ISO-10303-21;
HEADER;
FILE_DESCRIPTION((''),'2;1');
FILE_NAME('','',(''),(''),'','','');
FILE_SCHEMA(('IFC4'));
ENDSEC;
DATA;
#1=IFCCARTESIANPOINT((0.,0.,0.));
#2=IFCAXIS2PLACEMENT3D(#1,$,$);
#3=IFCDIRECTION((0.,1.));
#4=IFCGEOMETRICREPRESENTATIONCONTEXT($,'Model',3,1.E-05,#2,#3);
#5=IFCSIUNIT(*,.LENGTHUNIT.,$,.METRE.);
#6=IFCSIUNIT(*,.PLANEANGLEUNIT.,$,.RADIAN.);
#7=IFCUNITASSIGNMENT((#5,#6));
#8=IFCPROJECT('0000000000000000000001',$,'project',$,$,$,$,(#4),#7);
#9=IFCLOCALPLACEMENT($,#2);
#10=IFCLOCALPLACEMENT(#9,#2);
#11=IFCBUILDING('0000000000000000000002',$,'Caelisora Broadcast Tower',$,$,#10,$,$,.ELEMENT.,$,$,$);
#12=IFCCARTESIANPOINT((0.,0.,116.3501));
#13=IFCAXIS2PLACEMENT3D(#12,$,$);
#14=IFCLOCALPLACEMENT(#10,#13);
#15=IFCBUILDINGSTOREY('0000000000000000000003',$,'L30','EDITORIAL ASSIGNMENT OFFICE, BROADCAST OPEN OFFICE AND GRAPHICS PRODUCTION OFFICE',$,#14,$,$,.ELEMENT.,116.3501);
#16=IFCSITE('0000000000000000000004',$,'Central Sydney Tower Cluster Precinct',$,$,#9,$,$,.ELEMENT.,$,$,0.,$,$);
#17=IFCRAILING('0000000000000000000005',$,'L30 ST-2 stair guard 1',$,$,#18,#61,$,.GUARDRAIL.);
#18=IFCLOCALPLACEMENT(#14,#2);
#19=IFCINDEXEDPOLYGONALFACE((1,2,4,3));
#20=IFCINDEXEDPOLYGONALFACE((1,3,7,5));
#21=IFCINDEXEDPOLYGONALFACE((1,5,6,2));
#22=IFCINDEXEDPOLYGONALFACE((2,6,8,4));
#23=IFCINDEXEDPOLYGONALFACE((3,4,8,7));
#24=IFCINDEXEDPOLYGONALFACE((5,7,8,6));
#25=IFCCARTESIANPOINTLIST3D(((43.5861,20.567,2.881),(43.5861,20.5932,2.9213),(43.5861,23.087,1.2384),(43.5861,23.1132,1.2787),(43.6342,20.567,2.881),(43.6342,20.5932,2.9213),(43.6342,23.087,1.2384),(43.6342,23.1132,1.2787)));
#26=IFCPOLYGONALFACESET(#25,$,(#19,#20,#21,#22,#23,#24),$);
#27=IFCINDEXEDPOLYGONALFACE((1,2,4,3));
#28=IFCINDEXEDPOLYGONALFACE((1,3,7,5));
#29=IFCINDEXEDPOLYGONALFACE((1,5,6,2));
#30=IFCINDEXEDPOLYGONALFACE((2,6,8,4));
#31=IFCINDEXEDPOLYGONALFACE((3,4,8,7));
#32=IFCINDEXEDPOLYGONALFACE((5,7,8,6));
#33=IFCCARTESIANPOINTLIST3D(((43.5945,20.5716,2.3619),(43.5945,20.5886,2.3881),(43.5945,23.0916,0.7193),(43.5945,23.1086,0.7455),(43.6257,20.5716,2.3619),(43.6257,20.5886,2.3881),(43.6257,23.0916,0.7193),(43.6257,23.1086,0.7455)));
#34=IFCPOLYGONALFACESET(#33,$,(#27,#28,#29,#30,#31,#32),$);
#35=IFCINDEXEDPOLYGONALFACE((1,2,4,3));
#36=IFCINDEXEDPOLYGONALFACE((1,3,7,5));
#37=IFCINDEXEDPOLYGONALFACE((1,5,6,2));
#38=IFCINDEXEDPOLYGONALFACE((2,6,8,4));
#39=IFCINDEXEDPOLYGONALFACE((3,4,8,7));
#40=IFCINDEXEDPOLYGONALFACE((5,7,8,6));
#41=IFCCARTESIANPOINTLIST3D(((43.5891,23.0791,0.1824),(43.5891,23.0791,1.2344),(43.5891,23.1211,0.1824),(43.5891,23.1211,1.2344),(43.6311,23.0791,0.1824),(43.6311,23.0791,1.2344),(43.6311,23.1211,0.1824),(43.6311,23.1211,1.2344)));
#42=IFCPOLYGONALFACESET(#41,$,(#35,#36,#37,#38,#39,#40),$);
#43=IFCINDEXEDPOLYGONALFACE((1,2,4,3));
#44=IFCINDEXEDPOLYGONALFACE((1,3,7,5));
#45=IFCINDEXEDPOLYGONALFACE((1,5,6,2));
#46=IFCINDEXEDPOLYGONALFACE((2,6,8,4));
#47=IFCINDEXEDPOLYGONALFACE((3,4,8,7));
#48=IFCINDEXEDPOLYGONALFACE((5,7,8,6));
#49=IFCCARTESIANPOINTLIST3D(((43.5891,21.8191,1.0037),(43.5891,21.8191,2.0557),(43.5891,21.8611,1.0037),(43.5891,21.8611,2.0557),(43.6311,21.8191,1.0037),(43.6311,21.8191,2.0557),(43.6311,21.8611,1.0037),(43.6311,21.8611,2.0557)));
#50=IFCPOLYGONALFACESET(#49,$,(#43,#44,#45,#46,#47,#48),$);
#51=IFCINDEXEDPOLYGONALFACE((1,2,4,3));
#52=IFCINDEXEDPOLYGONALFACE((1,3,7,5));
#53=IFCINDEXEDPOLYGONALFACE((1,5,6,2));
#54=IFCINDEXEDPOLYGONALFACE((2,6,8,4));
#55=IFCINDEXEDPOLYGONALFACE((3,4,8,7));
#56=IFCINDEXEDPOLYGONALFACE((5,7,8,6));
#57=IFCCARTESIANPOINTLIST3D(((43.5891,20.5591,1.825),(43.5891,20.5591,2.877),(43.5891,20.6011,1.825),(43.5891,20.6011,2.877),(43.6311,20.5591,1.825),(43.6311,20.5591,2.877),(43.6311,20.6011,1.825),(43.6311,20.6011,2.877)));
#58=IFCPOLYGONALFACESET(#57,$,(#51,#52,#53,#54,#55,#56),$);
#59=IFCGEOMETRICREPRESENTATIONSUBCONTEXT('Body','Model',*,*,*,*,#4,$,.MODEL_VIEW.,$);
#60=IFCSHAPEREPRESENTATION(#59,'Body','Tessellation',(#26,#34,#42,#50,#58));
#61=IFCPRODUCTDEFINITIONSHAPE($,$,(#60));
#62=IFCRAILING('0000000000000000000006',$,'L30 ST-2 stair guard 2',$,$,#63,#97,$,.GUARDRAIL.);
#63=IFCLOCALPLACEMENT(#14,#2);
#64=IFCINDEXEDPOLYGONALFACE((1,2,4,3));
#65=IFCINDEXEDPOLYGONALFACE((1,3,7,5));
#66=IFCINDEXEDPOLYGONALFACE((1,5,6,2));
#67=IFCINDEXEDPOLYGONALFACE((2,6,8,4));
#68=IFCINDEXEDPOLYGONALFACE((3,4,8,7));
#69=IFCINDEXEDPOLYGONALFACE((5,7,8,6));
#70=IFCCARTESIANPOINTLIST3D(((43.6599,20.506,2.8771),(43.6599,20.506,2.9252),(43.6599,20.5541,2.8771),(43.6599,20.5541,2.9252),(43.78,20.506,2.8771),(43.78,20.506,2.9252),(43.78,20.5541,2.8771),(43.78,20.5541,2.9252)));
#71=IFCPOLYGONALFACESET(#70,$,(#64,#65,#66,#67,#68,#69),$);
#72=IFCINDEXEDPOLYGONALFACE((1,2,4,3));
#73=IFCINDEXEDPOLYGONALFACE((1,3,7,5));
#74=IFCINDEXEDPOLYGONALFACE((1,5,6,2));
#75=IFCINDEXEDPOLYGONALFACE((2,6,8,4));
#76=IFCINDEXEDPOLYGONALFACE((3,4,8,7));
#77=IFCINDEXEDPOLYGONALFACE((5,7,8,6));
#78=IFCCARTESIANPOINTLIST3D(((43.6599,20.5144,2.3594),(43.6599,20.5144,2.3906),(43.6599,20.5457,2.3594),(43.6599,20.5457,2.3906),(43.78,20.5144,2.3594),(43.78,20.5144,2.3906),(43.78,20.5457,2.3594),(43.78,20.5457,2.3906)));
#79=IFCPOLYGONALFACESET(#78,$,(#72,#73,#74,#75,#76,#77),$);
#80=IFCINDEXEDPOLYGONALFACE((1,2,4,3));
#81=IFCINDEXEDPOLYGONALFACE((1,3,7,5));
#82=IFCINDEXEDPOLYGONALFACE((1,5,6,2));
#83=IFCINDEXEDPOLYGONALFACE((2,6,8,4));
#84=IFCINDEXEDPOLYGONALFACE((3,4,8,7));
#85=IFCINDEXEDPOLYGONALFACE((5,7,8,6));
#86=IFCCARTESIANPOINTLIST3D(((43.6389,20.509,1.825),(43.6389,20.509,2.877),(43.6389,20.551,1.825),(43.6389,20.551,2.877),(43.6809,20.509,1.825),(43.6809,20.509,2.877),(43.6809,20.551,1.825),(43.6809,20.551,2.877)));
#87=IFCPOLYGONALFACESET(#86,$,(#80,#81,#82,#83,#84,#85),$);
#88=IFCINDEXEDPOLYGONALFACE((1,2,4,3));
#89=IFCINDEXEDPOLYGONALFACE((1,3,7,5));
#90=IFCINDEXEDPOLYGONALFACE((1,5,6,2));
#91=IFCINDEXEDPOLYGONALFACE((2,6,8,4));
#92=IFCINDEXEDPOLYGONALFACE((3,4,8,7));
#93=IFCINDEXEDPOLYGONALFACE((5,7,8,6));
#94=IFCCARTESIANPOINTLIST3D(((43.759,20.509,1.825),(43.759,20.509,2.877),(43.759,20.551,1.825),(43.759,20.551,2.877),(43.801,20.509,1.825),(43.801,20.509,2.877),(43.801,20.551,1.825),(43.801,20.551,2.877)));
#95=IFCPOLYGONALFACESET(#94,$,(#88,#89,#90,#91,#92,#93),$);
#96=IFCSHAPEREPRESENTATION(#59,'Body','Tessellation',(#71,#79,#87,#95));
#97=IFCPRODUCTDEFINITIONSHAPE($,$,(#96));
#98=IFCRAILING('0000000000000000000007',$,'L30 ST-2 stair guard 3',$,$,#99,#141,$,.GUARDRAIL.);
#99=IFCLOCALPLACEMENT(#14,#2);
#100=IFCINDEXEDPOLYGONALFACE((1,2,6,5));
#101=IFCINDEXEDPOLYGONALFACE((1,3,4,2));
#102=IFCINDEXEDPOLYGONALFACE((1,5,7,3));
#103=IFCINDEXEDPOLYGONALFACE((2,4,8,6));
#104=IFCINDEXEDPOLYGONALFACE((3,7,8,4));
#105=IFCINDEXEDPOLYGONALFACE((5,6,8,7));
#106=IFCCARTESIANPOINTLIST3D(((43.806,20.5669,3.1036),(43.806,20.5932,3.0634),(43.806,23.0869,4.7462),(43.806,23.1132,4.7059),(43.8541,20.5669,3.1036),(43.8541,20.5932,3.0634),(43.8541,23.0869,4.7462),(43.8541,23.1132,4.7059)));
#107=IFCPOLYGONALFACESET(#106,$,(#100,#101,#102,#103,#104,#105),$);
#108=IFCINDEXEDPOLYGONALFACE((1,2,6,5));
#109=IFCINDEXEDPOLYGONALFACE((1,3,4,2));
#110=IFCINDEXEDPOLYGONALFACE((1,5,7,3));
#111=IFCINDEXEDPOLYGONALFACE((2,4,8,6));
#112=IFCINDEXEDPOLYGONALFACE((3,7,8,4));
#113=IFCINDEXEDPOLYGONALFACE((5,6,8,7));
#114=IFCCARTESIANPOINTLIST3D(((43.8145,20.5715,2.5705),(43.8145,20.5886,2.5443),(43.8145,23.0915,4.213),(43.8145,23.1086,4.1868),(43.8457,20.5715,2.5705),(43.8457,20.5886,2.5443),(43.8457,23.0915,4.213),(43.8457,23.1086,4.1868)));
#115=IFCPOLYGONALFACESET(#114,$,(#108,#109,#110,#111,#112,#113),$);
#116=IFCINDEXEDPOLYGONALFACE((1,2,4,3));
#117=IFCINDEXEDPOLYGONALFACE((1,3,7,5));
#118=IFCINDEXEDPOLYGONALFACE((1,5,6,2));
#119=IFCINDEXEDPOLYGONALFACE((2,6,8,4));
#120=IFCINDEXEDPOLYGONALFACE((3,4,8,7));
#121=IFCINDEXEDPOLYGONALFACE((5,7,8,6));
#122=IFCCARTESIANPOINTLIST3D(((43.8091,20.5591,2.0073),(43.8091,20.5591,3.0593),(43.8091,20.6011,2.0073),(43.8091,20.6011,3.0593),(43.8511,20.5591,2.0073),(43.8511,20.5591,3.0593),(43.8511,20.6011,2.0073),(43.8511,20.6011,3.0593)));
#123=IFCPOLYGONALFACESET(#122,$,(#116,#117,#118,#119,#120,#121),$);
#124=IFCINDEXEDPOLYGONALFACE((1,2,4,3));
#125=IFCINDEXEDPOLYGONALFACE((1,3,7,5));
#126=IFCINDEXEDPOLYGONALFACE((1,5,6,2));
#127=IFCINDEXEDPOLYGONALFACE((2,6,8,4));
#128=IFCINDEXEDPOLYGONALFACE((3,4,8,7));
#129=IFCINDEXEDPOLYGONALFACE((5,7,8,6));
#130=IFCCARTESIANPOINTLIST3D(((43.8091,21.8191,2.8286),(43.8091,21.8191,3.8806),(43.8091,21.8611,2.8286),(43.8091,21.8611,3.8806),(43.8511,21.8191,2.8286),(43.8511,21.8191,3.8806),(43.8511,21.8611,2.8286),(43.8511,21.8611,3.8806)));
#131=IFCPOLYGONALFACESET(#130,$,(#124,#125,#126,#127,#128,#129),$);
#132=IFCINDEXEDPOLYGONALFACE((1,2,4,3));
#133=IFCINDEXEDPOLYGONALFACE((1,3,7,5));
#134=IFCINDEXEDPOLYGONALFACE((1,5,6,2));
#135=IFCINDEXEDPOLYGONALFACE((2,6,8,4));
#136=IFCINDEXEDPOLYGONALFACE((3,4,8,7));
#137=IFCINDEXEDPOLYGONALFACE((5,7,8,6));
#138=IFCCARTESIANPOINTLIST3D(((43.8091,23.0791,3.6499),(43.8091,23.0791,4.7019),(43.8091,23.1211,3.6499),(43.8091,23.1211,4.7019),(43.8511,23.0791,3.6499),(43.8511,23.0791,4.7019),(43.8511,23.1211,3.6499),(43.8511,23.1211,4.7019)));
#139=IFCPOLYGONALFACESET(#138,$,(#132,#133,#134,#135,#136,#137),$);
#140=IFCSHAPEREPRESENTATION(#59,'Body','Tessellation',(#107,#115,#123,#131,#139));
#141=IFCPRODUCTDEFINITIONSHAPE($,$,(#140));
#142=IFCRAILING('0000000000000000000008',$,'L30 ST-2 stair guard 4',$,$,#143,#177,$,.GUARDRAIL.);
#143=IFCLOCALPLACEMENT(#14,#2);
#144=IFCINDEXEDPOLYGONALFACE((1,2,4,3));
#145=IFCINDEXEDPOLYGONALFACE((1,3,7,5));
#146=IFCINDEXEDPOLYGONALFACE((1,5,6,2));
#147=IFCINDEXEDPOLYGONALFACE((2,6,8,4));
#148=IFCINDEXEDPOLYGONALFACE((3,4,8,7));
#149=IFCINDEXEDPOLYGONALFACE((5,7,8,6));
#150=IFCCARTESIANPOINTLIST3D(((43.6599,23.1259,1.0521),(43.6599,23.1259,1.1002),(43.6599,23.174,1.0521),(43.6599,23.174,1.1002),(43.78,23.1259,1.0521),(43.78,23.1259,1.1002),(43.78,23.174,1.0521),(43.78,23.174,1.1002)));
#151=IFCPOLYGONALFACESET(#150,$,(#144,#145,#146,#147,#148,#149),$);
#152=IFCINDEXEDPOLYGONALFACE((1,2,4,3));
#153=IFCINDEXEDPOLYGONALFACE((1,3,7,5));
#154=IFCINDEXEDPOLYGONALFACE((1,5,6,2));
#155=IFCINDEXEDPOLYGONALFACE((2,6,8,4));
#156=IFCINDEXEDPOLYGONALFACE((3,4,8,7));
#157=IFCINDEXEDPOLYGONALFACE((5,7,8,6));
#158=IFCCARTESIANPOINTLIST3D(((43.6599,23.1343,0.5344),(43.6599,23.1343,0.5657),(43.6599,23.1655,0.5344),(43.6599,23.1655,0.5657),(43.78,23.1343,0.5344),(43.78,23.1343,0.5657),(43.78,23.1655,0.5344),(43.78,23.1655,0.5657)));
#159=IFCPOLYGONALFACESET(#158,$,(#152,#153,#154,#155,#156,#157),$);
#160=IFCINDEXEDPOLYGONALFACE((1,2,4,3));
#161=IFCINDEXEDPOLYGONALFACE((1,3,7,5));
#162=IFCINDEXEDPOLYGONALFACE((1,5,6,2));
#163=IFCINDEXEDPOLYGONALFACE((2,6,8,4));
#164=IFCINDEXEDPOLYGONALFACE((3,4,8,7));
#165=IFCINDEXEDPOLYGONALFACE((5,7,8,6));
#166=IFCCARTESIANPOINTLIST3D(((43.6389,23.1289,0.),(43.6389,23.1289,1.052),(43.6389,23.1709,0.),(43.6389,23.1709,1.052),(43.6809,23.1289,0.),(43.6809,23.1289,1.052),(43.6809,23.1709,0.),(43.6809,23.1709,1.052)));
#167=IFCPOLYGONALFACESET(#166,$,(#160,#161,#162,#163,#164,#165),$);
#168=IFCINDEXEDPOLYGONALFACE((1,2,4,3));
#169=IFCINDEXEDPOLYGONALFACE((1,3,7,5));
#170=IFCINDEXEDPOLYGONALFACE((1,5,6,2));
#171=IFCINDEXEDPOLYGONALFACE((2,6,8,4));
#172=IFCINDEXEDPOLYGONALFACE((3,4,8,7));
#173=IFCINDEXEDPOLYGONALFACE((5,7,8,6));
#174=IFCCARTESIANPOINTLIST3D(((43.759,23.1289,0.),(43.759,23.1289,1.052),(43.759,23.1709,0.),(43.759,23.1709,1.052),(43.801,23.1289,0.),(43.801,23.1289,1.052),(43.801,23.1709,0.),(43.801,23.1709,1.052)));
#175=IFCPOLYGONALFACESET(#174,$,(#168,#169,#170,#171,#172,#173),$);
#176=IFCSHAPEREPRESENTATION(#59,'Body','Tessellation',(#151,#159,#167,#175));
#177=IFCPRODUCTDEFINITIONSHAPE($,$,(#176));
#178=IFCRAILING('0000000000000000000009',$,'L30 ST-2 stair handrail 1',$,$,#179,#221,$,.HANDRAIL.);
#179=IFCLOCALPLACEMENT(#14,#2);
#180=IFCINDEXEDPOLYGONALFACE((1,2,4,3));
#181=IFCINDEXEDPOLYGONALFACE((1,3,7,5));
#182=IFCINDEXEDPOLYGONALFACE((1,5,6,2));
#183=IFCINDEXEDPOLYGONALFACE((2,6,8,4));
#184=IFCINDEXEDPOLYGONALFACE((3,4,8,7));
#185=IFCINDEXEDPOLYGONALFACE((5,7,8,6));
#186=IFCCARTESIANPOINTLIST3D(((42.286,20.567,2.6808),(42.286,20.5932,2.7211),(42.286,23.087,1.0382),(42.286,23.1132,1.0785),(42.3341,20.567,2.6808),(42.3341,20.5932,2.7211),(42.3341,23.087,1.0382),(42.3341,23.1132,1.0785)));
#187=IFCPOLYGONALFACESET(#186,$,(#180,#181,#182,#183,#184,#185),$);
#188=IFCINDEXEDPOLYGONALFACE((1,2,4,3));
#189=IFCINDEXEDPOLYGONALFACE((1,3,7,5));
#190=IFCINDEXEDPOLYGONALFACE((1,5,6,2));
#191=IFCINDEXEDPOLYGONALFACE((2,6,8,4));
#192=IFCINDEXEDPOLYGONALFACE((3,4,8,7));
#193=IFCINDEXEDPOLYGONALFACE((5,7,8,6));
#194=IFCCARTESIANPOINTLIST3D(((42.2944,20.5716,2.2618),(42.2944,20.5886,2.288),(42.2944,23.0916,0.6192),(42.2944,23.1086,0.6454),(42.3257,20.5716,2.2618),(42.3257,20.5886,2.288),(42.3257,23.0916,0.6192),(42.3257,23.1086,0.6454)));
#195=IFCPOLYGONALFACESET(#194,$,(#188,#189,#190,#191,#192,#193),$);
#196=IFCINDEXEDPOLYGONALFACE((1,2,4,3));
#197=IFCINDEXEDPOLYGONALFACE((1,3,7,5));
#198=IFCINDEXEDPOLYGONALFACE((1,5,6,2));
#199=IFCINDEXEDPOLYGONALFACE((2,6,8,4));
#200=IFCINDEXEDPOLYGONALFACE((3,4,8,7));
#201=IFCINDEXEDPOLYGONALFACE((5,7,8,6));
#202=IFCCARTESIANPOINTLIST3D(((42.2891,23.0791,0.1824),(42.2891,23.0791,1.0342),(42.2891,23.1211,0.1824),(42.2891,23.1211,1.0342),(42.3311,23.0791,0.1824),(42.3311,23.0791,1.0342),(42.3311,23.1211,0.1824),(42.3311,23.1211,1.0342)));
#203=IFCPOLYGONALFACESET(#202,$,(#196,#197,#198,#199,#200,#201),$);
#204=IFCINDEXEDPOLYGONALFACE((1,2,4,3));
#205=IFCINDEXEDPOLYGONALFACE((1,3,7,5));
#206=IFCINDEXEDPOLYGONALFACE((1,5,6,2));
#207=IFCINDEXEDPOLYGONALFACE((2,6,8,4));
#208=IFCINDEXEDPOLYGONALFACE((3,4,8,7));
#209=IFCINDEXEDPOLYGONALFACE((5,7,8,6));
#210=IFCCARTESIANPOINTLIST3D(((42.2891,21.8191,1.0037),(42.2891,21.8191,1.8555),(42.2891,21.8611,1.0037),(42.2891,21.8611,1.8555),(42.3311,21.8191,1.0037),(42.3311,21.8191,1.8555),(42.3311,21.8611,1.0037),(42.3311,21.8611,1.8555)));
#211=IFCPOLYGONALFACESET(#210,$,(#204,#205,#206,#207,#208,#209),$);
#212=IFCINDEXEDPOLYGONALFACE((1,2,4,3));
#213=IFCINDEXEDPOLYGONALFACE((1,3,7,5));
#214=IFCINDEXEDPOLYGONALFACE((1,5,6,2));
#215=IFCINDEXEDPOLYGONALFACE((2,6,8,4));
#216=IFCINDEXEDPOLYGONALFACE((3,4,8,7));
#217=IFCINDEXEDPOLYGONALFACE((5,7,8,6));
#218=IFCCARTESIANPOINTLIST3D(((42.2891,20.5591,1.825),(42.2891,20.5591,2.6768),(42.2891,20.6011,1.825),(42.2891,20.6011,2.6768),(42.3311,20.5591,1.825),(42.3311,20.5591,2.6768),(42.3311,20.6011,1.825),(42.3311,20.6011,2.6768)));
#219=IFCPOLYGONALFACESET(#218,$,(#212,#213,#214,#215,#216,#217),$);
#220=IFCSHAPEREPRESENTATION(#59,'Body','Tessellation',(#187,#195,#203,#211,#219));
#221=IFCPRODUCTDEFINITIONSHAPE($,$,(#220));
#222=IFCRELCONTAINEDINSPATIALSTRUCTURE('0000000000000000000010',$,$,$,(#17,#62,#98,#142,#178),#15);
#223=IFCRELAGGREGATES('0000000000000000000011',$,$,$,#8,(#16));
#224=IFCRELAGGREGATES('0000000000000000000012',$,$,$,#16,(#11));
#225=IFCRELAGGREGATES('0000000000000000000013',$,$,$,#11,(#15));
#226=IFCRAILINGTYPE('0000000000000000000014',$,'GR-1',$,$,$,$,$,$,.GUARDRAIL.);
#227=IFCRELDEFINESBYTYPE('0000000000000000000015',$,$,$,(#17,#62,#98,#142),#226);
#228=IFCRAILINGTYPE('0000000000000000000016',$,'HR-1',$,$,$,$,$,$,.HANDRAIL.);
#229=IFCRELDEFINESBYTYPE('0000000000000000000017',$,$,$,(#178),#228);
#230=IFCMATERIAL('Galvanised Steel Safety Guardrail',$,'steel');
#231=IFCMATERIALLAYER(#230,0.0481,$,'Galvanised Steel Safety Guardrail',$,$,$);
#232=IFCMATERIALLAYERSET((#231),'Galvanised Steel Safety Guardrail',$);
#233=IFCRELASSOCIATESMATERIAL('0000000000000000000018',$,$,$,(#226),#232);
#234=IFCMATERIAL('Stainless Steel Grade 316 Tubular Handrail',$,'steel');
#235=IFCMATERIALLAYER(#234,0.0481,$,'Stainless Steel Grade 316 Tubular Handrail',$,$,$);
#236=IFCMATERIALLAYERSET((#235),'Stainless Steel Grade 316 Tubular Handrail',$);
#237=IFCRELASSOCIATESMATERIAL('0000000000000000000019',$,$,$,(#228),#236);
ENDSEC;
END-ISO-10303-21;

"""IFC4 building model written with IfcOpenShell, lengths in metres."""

from ifc_helpers import new_model, si_unit, direction, frame, origin, origin_2d, place, context, subcontext, project, spatial, rectangle, extrude, material, layer, layer_set, type_object, element, save


model = new_model("IFC4")

# Units and contexts
model_context = context("Model", 3, precision=1e-05, world=origin(), true_north=direction((0.0, 1.0)))
body_context = subcontext(model_context, "Body", "Model", "MODEL_VIEW")
ifc_project = project(units=[si_unit("LENGTHUNIT", "METRE"), si_unit("PLANEANGLEUNIT", "RADIAN")], contexts=[model_context])

# Site, building, storey
site_placement = place(None, origin())
site = spatial("IfcSite", under=ifc_project, at=site_placement, Name="Central Sydney Tower Cluster Precinct", CompositionType="ELEMENT", RefElevation=0.0)
building_placement = place(site_placement, origin())
building = spatial("IfcBuilding", under=site, at=building_placement, Name="Caelisora Broadcast Tower", CompositionType="ELEMENT")
storey_placement = place(building_placement, frame((0.0, 0.0, 116.3501)))
storey = spatial("IfcBuildingStorey", under=building, at=storey_placement, Name="L30", Description="EDITORIAL ASSIGNMENT OFFICE, BROADCAST OPEN OFFICE AND GRAPHICS PRODUCTION OFFICE", CompositionType="ELEMENT", Elevation=116.3501)

# Railings
ifc_material_1 = material(Name="Galvanised Steel Safety Guardrail", Category="steel")
ifc_layer_1 = layer(ifc_material_1, 0.0481, Name="Galvanised Steel Safety Guardrail")
ifc_layer_set_1 = layer_set([ifc_layer_1], Name="Galvanised Steel Safety Guardrail")
railing_type_1 = type_object("IfcRailingType", Name="GR-1", PredefinedType="GUARDRAIL", material=ifc_layer_set_1)
railing_1_placement = place(storey_placement, frame((43.6101, 23.1001, 0.1824)))
element("IfcRailing", 1, at=railing_1_placement, inside=storey, type_object=railing_type_1, Name="L30 ST-2 stair guard 1", PredefinedType="GUARDRAIL", context=body_context, shape_type="SweptSolid", body=[
    extrude(rectangle(XDim=0.0481, YDim=0.0481, at=origin_2d()), frame((0.0, 0.0, 1.0762), z_axis=(0.0, -0.837749, 0.546055), x_axis=(1.0, 0.0, 0.0)), (0.0, 0.0, 1.0), 3.0081),
    extrude(rectangle(XDim=0.0312, YDim=0.0312, at=origin_2d()), frame((0.0, 0.0, 0.55), z_axis=(0.0, -0.837749, 0.546055), x_axis=(1.0, 0.0, 0.0)), (0.0, 0.0, 1.0), 3.0081),
    extrude(rectangle(XDim=0.042, YDim=0.042, at=origin_2d()), origin(), (0.0, 0.0, 1.0), 1.052),
    extrude(rectangle(XDim=0.042, YDim=0.042, at=origin_2d()), frame((0.0, -1.26, 0.8213)), (0.0, 0.0, 1.0), 1.052),
    extrude(rectangle(XDim=0.042, YDim=0.042, at=origin_2d()), frame((0.0, -2.52, 1.6426)), (0.0, 0.0, 1.0), 1.052),
])
railing_2_placement = place(storey_placement, frame((43.6599, 20.53, 1.825)))
element("IfcRailing", 2, at=railing_2_placement, inside=storey, type_object=railing_type_1, Name="L30 ST-2 stair guard 2", PredefinedType="GUARDRAIL", context=body_context, shape_type="SweptSolid", body=[
    extrude(rectangle(XDim=0.0481, YDim=0.0481, at=origin_2d()), frame((0.0, 0.0, 1.0762), z_axis=(1.0, 0.0, 0.0), x_axis=(0.0, 1.0, 0.0)), (0.0, 0.0, 1.0), 0.1201),
    extrude(rectangle(XDim=0.0312, YDim=0.0312, at=origin_2d()), frame((0.0, 0.0, 0.55), z_axis=(1.0, 0.0, 0.0), x_axis=(0.0, 1.0, 0.0)), (0.0, 0.0, 1.0), 0.1201),
    extrude(rectangle(XDim=0.042, YDim=0.042, at=origin_2d()), origin(), (0.0, 0.0, 1.0), 1.052),
    extrude(rectangle(XDim=0.042, YDim=0.042, at=origin_2d()), frame((0.1201, 0.0, 0.0)), (0.0, 0.0, 1.0), 1.052),
])
railing_3_placement = place(storey_placement, frame((43.8301, 20.5801, 2.0073)))
element("IfcRailing", 3, at=railing_3_placement, inside=storey, type_object=railing_type_1, Name="L30 ST-2 stair guard 3", PredefinedType="GUARDRAIL", context=body_context, shape_type="SweptSolid", body=[
    extrude(rectangle(XDim=0.0481, YDim=0.0481, at=origin_2d()), frame((0.0, 0.0, 1.0762), z_axis=(0.0, 0.837749, 0.546055), x_axis=(-1.0, 0.0, 0.0)), (0.0, 0.0, 1.0), 3.0081),
    extrude(rectangle(XDim=0.0312, YDim=0.0312, at=origin_2d()), frame((0.0, 0.0, 0.55), z_axis=(0.0, 0.837749, 0.546055), x_axis=(-1.0, 0.0, 0.0)), (0.0, 0.0, 1.0), 3.0081),
    extrude(rectangle(XDim=0.042, YDim=0.042, at=origin_2d()), origin(), (0.0, 0.0, 1.0), 1.052),
    extrude(rectangle(XDim=0.042, YDim=0.042, at=origin_2d()), frame((0.0, 1.26, 0.8213)), (0.0, 0.0, 1.0), 1.052),
    extrude(rectangle(XDim=0.042, YDim=0.042, at=origin_2d()), frame((0.0, 2.52, 1.6426)), (0.0, 0.0, 1.0), 1.052),
])
railing_4_placement = place(storey_placement, frame((43.6599, 23.1499, 0.0)))
element("IfcRailing", 4, at=railing_4_placement, inside=storey, type_object=railing_type_1, Name="L30 ST-2 stair guard 4", PredefinedType="GUARDRAIL", context=body_context, shape_type="SweptSolid", body=[
    extrude(rectangle(XDim=0.0481, YDim=0.0481, at=origin_2d()), frame((0.0, 0.0, 1.0762), z_axis=(1.0, 0.0, 0.0), x_axis=(0.0, 1.0, 0.0)), (0.0, 0.0, 1.0), 0.1201),
    extrude(rectangle(XDim=0.0312, YDim=0.0312, at=origin_2d()), frame((0.0, 0.0, 0.55), z_axis=(1.0, 0.0, 0.0), x_axis=(0.0, 1.0, 0.0)), (0.0, 0.0, 1.0), 0.1201),
    extrude(rectangle(XDim=0.042, YDim=0.042, at=origin_2d()), origin(), (0.0, 0.0, 1.0), 1.052),
    extrude(rectangle(XDim=0.042, YDim=0.042, at=origin_2d()), frame((0.1201, 0.0, 0.0)), (0.0, 0.0, 1.0), 1.052),
])
ifc_material_2 = material(Name="Stainless Steel Grade 316 Tubular Handrail", Category="steel")
ifc_layer_2 = layer(ifc_material_2, 0.0481, Name="Stainless Steel Grade 316 Tubular Handrail")
ifc_layer_set_2 = layer_set([ifc_layer_2], Name="Stainless Steel Grade 316 Tubular Handrail")
railing_type_2 = type_object("IfcRailingType", Name="HR-1", PredefinedType="HANDRAIL", material=ifc_layer_set_2)
railing_5_placement = place(storey_placement, frame((42.3101, 23.1001, 0.1824)))
element("IfcRailing", 5, at=railing_5_placement, inside=storey, type_object=railing_type_2, Name="L30 ST-2 stair handrail 1", PredefinedType="HANDRAIL", context=body_context, shape_type="SweptSolid", body=[
    extrude(rectangle(XDim=0.0481, YDim=0.0481, at=origin_2d()), frame((0.0, 0.0, 0.876), z_axis=(0.0, -0.837749, 0.546055), x_axis=(1.0, 0.0, 0.0)), (0.0, 0.0, 1.0), 3.0081),
    extrude(rectangle(XDim=0.0312, YDim=0.0312, at=origin_2d()), frame((0.0, 0.0, 0.45), z_axis=(0.0, -0.837749, 0.546055), x_axis=(1.0, 0.0, 0.0)), (0.0, 0.0, 1.0), 3.0081),
    extrude(rectangle(XDim=0.042, YDim=0.042, at=origin_2d()), origin(), (0.0, 0.0, 1.0), 0.8518),
    extrude(rectangle(XDim=0.042, YDim=0.042, at=origin_2d()), frame((0.0, -1.26, 0.8213)), (0.0, 0.0, 1.0), 0.8518),
    extrude(rectangle(XDim=0.042, YDim=0.042, at=origin_2d()), frame((0.0, -2.52, 1.6426)), (0.0, 0.0, 1.0), 0.8518),
])

save(model, "model.ifc")
